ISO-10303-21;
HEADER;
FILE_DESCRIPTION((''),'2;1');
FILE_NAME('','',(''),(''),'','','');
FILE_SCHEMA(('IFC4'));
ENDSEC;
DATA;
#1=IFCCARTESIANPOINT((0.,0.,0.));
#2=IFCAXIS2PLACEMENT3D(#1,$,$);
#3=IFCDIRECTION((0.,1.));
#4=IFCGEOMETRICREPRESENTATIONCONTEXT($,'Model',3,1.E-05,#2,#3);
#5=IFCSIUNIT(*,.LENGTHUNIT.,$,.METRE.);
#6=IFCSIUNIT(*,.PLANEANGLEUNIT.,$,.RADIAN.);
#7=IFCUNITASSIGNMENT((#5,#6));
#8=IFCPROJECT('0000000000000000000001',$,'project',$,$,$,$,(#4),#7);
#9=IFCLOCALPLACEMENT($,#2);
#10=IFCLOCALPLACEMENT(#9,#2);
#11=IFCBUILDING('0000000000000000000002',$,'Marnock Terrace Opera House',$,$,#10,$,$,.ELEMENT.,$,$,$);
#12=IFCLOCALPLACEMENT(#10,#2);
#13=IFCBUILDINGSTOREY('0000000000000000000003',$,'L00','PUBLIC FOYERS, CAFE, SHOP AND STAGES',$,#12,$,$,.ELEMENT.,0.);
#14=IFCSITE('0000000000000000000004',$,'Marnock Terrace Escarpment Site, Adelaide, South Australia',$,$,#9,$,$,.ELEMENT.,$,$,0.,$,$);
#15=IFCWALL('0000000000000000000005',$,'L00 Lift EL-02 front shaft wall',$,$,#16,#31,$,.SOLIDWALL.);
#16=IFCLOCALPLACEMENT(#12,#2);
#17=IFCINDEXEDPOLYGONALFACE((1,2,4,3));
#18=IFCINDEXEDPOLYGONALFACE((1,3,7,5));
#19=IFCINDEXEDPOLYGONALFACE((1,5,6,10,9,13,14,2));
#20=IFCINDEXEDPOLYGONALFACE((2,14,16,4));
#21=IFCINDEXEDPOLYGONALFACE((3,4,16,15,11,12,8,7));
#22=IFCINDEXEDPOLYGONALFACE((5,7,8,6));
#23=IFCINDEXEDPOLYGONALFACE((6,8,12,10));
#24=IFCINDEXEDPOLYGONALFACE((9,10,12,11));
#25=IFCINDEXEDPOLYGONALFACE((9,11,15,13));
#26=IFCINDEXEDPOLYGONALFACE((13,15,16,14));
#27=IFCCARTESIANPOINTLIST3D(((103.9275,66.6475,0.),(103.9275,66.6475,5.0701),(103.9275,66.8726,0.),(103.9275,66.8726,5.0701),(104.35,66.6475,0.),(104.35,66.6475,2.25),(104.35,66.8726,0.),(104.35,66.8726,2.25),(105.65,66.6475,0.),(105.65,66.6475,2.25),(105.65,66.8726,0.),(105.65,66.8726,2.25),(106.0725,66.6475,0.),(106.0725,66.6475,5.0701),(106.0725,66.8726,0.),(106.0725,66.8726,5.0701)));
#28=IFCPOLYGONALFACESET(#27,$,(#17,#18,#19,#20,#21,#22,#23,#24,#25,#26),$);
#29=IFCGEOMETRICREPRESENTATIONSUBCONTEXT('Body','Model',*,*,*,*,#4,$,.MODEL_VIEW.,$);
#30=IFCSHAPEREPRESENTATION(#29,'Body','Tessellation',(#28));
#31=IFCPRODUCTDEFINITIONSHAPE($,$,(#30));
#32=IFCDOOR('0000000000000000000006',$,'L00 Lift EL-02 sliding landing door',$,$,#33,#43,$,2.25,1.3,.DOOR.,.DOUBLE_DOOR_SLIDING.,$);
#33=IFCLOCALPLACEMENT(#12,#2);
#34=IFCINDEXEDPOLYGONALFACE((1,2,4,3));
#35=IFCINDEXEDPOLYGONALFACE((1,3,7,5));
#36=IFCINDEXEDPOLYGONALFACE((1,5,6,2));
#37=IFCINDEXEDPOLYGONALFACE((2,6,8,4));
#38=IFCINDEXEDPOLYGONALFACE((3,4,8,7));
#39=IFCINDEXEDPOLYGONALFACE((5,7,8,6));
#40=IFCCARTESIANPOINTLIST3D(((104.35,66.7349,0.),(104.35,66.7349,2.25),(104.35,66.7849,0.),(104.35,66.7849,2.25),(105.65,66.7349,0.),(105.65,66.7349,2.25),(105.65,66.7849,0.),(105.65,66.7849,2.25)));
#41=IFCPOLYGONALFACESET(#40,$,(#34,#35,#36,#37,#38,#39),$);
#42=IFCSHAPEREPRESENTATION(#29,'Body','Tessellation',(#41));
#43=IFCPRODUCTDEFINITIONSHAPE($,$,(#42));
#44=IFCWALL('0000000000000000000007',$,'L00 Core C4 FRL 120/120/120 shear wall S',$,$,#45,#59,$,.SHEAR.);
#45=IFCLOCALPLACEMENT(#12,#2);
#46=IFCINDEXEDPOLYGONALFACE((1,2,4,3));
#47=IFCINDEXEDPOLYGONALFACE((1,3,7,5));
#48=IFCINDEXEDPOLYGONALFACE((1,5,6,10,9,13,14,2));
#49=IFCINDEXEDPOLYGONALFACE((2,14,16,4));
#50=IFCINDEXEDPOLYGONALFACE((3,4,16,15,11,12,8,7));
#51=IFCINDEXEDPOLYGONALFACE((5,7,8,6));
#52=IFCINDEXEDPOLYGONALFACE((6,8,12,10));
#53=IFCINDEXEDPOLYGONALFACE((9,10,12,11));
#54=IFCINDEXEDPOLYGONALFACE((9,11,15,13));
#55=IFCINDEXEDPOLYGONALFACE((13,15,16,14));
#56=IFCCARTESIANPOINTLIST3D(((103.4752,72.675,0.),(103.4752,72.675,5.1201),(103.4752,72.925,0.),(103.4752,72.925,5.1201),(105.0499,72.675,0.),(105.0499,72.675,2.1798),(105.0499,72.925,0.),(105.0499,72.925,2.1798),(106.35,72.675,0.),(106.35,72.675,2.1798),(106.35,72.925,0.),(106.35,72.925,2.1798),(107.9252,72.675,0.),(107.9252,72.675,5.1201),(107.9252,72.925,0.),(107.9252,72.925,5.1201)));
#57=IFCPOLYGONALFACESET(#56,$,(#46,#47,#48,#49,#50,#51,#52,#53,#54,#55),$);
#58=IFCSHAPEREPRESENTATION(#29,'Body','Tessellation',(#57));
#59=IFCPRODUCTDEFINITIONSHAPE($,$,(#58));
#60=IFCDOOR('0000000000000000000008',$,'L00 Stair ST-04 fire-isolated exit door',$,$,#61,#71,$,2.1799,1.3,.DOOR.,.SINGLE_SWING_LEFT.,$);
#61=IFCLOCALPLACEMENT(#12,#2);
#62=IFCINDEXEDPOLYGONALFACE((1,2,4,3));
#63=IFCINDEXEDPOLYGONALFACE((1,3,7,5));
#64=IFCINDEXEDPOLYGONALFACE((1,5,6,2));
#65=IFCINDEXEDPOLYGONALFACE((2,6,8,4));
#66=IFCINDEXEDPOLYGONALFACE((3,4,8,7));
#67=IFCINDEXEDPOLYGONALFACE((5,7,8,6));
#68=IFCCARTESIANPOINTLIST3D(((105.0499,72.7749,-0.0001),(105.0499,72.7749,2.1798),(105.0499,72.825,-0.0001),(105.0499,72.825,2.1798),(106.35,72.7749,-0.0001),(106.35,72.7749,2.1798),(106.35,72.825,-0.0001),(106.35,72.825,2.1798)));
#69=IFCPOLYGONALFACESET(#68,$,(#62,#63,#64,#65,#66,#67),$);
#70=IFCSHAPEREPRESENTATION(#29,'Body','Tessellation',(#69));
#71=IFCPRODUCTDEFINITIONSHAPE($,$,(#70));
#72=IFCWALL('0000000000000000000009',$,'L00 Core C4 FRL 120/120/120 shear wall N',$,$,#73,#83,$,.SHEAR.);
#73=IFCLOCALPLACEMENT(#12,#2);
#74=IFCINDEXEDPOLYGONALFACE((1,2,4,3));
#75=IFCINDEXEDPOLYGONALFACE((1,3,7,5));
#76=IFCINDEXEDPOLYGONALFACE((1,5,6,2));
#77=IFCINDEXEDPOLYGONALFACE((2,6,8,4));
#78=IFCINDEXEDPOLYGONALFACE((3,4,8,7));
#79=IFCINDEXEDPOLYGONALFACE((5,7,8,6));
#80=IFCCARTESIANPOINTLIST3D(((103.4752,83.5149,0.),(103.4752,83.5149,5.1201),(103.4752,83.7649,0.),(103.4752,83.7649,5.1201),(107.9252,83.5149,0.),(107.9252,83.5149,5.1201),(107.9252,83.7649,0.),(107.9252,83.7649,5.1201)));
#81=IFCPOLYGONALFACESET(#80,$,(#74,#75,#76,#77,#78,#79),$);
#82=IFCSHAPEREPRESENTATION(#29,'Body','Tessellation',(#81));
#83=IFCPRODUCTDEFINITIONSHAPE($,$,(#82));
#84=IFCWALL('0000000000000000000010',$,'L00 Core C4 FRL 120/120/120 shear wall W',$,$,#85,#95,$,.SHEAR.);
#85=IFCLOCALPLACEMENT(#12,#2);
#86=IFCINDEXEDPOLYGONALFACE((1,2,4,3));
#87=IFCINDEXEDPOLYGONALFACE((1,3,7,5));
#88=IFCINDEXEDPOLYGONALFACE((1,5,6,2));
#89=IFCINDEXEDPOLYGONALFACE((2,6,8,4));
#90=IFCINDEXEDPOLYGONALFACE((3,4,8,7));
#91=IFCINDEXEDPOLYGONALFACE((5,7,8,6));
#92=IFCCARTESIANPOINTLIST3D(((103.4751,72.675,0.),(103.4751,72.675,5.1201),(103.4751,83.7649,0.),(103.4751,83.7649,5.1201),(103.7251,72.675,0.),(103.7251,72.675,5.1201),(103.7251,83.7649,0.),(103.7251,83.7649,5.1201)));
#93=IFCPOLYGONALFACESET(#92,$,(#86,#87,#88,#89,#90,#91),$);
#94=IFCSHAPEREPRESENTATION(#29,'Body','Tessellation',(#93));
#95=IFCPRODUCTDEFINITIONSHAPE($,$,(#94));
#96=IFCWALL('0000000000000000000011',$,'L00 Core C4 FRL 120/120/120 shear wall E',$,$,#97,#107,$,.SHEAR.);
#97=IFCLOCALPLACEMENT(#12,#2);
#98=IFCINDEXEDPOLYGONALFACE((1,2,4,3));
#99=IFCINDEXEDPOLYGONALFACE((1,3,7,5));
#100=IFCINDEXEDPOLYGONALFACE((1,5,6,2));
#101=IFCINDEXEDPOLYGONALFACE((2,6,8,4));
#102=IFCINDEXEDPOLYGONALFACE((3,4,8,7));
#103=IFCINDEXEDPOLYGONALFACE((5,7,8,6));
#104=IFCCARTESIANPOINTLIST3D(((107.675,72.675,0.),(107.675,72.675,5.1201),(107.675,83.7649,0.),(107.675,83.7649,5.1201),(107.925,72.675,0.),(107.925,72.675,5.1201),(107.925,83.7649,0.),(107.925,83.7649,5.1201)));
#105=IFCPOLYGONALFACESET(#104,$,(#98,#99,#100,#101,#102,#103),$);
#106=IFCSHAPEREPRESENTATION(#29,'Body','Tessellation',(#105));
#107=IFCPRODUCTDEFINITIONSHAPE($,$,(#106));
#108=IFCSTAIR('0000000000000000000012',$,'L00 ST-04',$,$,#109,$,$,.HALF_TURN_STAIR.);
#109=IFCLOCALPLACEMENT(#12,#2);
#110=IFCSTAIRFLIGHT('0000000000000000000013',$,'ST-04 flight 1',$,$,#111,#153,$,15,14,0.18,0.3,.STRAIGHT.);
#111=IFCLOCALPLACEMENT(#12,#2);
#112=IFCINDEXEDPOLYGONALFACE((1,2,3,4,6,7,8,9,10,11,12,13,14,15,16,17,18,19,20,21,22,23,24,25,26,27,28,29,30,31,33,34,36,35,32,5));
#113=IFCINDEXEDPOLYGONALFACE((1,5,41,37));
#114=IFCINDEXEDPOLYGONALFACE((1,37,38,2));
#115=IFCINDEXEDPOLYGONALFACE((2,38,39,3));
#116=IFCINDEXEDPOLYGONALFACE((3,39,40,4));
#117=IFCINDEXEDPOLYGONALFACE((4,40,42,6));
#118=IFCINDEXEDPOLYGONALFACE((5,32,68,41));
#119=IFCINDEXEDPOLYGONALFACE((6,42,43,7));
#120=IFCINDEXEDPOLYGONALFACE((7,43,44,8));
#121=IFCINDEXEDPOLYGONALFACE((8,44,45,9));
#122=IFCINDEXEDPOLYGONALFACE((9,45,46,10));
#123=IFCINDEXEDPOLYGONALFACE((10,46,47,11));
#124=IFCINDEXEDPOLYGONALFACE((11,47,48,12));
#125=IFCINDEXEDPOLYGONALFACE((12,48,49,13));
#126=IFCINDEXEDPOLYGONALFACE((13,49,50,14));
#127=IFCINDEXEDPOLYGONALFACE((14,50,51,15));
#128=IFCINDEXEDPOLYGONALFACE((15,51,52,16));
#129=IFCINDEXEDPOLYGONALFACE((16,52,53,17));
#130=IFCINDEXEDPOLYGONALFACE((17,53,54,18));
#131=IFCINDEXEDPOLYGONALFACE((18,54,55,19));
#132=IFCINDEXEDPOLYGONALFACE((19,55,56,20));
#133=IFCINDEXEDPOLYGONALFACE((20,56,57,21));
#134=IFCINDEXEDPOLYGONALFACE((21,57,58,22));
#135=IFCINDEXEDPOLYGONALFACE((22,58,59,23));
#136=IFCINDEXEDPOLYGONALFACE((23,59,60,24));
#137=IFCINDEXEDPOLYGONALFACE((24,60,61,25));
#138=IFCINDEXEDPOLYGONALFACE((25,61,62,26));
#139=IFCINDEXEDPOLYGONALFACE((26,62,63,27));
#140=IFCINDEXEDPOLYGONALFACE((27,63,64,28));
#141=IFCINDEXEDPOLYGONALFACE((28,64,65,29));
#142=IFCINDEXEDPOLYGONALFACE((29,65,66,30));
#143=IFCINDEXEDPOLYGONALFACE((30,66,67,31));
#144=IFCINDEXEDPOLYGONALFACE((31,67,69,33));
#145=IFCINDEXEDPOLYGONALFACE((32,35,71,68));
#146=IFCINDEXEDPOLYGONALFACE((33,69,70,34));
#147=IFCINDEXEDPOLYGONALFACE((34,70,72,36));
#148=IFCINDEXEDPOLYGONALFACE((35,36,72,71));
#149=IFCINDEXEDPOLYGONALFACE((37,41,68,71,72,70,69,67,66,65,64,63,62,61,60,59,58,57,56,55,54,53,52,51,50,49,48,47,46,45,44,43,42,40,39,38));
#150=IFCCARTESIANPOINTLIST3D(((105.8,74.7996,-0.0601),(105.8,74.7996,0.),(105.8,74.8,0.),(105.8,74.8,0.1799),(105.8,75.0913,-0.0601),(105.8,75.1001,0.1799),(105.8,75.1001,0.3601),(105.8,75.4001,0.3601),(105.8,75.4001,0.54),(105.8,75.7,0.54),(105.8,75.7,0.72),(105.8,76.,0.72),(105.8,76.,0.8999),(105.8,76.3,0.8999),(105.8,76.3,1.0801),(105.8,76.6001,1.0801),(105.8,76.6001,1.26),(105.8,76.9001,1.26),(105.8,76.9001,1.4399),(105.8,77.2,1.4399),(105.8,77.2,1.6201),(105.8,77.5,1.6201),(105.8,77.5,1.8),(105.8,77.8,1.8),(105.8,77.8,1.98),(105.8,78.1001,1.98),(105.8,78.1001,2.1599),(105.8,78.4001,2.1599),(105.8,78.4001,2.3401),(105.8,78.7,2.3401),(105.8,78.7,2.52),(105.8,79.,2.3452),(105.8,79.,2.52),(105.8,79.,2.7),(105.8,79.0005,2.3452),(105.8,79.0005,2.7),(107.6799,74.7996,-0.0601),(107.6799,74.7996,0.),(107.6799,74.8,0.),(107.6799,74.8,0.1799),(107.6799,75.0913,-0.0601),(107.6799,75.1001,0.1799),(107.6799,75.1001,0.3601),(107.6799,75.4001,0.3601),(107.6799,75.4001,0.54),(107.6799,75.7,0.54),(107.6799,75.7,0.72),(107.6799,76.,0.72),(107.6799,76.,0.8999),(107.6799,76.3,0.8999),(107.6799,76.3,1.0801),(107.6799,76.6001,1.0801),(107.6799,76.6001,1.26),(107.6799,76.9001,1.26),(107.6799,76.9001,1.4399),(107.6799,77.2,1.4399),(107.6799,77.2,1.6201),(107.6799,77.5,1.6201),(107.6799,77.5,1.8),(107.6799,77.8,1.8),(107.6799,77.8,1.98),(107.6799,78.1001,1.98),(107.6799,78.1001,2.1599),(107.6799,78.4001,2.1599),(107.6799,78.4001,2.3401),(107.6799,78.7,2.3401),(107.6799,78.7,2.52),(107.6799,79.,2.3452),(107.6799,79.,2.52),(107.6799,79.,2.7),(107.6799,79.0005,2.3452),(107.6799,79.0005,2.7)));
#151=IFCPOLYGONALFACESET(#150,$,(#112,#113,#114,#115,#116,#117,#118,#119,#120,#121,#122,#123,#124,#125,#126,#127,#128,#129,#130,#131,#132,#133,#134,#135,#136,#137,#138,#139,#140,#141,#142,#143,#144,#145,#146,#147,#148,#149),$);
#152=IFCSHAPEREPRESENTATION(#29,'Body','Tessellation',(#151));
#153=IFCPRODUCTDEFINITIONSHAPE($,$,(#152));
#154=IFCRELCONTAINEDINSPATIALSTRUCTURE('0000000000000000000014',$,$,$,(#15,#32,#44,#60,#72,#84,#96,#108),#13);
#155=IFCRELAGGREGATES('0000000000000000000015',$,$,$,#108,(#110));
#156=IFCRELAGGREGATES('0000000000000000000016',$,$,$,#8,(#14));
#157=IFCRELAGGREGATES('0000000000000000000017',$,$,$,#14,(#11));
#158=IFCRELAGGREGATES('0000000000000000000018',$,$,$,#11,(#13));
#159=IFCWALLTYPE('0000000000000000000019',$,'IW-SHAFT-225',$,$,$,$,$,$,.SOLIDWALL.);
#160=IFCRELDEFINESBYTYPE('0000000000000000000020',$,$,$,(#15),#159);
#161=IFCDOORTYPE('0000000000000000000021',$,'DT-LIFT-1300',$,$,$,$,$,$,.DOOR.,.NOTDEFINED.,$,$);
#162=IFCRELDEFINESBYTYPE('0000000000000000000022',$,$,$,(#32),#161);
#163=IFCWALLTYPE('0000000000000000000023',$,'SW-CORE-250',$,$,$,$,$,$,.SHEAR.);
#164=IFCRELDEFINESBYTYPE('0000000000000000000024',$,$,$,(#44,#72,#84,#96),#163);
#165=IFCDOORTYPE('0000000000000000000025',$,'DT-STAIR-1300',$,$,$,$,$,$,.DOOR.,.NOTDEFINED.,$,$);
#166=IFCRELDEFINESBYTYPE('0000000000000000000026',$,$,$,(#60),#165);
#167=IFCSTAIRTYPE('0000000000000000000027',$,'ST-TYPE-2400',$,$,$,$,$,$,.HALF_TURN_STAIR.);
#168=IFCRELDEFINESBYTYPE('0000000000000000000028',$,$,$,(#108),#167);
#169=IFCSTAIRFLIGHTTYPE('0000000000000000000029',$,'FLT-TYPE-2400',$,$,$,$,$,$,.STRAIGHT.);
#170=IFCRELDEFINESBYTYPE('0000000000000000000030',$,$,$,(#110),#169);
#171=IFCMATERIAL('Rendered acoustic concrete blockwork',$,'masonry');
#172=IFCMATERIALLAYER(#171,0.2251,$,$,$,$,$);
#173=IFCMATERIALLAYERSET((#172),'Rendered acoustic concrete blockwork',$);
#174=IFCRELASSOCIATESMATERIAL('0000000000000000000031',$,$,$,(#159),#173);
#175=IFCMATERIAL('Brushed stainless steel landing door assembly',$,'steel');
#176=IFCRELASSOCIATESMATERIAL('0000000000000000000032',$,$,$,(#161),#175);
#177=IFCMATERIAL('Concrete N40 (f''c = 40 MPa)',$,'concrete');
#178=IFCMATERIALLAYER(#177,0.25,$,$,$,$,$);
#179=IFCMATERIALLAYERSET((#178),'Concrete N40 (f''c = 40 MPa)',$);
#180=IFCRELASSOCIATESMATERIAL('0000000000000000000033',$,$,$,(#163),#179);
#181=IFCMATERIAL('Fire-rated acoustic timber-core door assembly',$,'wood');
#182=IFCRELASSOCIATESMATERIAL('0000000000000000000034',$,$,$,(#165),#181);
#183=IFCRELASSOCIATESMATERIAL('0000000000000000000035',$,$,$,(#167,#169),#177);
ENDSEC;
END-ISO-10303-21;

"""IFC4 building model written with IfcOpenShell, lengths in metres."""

from ifc_helpers import new_model, si_unit, direction, frame, frame_2d, origin, place, context, subcontext, project, spatial, polyline, rectangle, outline, extrude, material, layer, layer_set, type_object, element, fill, aggregate, save


model = new_model("IFC4")

# Units and contexts
model_context = context("Model", 3, precision=1e-05, world=origin(), true_north=direction((0.0, 1.0)))
body_context = subcontext(model_context, "Body", "Model", "MODEL_VIEW")
ifc_project = project(units=[si_unit("LENGTHUNIT", "METRE"), si_unit("PLANEANGLEUNIT", "RADIAN")], contexts=[model_context])

# Site, building, storey
site_placement = place(None, origin())
site = spatial("IfcSite", under=ifc_project, at=site_placement, Name="Marnock Terrace Escarpment Site, Adelaide, South Australia", CompositionType="ELEMENT", RefElevation=0.0)
building_placement = place(site_placement, origin())
building = spatial("IfcBuilding", under=site, at=building_placement, Name="Marnock Terrace Opera House", CompositionType="ELEMENT")
storey_placement = place(building_placement, origin())
storey = spatial("IfcBuildingStorey", under=building, at=storey_placement, Name="L00", Description="PUBLIC FOYERS, CAFE, SHOP AND STAGES", CompositionType="ELEMENT", Elevation=0.0)

# Shared definitions
ifc_material_1 = material(Name="Concrete N40 (f'c = 40 MPa)", Category="concrete")

# Walls, openings, doors
ifc_material_2 = material(Name="Rendered acoustic concrete blockwork", Category="masonry")
ifc_material_3 = material(Name="Fire-rated acoustic timber-core door assembly", Category="wood")
ifc_layer_1 = layer(ifc_material_2, 0.2251)
ifc_layer_set_1 = layer_set([ifc_layer_1], Name="Rendered acoustic concrete blockwork")
wall_type_1 = type_object("IfcWallType", Name="IW-SHAFT-225", PredefinedType="SOLIDWALL", material=ifc_layer_set_1)
wall_1_placement = place(storey_placement, frame((103.9275, 66.76, 0.0), z_axis=(0.0, 0.0, 1.0), x_axis=(1.0, 0.0, 0.0)))
wall_1 = element("IfcWall", 1, at=wall_1_placement, inside=storey, type_object=wall_type_1, Name="L00 Lift EL-02 front shaft wall", PredefinedType="SOLIDWALL", context=body_context, shape_type="SweptSolid", body=[
    extrude(rectangle(XDim=2.145, YDim=0.2251, at=frame_2d((1.0725, 0.0))), origin(), (0.0, 0.0, 1.0), 5.0701),
])
opening_1_placement = place(wall_1_placement, frame((0.4226, 0.0, 0.0)))
opening_1 = element("IfcOpeningElement", 2, at=opening_1_placement, cuts=wall_1, PredefinedType="OPENING", context=body_context, shape_type="SweptSolid", body=[
    extrude(rectangle(XDim=1.3, YDim=2.25, at=frame_2d((0.6499, 1.125))), frame((0.0, 0.1226, 0.0), z_axis=(0.0, -1.0, 0.0), x_axis=(1.0, 0.0, 0.0)), (0.0, 0.0, 1.0), 0.2451),
])
ifc_material_4 = material(Name="Brushed stainless steel landing door assembly", Category="steel")
door_type_1 = type_object("IfcDoorType", Name="DT-LIFT-1300", OperationType="NOTDEFINED", PredefinedType="DOOR", material=ifc_material_4)
door_1_placement = place(opening_1_placement, origin())
door_1 = element("IfcDoor", 3, at=door_1_placement, inside=storey, type_object=door_type_1, Name="L00 Lift EL-02 sliding landing door", OperationType="DOUBLE_DOOR_SLIDING", OverallHeight=2.25, OverallWidth=1.3, PredefinedType="DOOR", context=body_context, shape_type="SweptSolid", body=[
    extrude(rectangle(XDim=1.3, YDim=2.25, at=frame_2d((0.6499, 1.125))), frame((0.0, 0.0249, 0.0), z_axis=(0.0, -1.0, 0.0), x_axis=(1.0, 0.0, 0.0)), (0.0, 0.0, 1.0), 0.05),
])
fill(opening_1, door_1)
ifc_layer_2 = layer(ifc_material_1, 0.25)
ifc_layer_set_2 = layer_set([ifc_layer_2], Name="Concrete N40 (f'c = 40 MPa)")
wall_type_2 = type_object("IfcWallType", Name="SW-CORE-250", PredefinedType="SHEAR", material=ifc_layer_set_2)
wall_2_placement = place(storey_placement, frame((103.4751, 72.8, 0.0), z_axis=(0.0, 0.0, 1.0), x_axis=(1.0, 0.0, 0.0)))
wall_2 = element("IfcWall", 4, at=wall_2_placement, inside=storey, type_object=wall_type_2, Name="L00 Core C4 FRL 120/120/120 shear wall S", PredefinedType="SHEAR", context=body_context, shape_type="SweptSolid", body=[
    extrude(rectangle(XDim=4.45, YDim=0.25, at=frame_2d((2.2251, 0.0))), origin(), (0.0, 0.0, 1.0), 5.1201),
])
opening_2_placement = place(wall_2_placement, frame((1.575, 0.0, 0.0)))
opening_2 = element("IfcOpeningElement", 5, at=opening_2_placement, cuts=wall_2, PredefinedType="OPENING", context=body_context, shape_type="SweptSolid", body=[
    extrude(rectangle(XDim=1.3, YDim=2.1799, at=frame_2d((0.6499, 1.0898))), frame((0.0, 0.135, 0.0), z_axis=(0.0, -1.0, 0.0), x_axis=(1.0, 0.0, 0.0)), (0.0, 0.0, 1.0), 0.27),
])
door_type_2 = type_object("IfcDoorType", Name="DT-STAIR-1300", OperationType="NOTDEFINED", PredefinedType="DOOR", material=ifc_material_3)
door_2_placement = place(opening_2_placement, origin())
door_2 = element("IfcDoor", 6, at=door_2_placement, inside=storey, type_object=door_type_2, Name="L00 Stair ST-04 fire-isolated exit door", OperationType="SINGLE_SWING_LEFT", OverallHeight=2.1799, OverallWidth=1.3, PredefinedType="DOOR", context=body_context, shape_type="SweptSolid", body=[
    extrude(rectangle(XDim=1.3, YDim=2.1799, at=frame_2d((0.6499, 1.0898))), frame((0.0, 0.0249, 0.0), z_axis=(0.0, -1.0, 0.0), x_axis=(1.0, 0.0, 0.0)), (0.0, 0.0, 1.0), 0.05),
])
fill(opening_2, door_2)

# Walls
wall_3_placement = place(storey_placement, frame((103.4751, 83.6399, 0.0), z_axis=(0.0, 0.0, 1.0), x_axis=(1.0, 0.0, 0.0)))
element("IfcWall", 7, at=wall_3_placement, inside=storey, type_object=wall_type_2, Name="L00 Core C4 FRL 120/120/120 shear wall N", PredefinedType="SHEAR", context=body_context, shape_type="SweptSolid", body=[
    extrude(rectangle(XDim=4.45, YDim=0.25, at=frame_2d((2.2251, 0.0))), origin(), (0.0, 0.0, 1.0), 5.1201),
])
for number, where, z_axis, x_axis, name in (
    (8, (103.6001, 72.675, 0.0), (0.0, 0.0, 1.0), (0.0, 1.0, 0.0), "L00 Core C4 FRL 120/120/120 shear wall W"),
    (9, (107.8, 72.675, 0.0), (0.0, 0.0, 1.0), (0.0, 1.0, 0.0), "L00 Core C4 FRL 120/120/120 shear wall E"),
):
    element("IfcWall", number, at=place(storey_placement, frame(where, z_axis=z_axis, x_axis=x_axis)), inside=storey, type_object=wall_type_2, Name=name, PredefinedType="SHEAR", context=body_context, shape_type="SweptSolid", body=[
        extrude(rectangle(XDim=11.0898, YDim=0.25, at=frame_2d((5.5449, 0.0))), origin(), (0.0, 0.0, 1.0), 5.1201),
    ])

# Stair, stair flight
stair_type = type_object("IfcStairType", Name="ST-TYPE-2400", PredefinedType="HALF_TURN_STAIR", material=ifc_material_1)
stair_placement = place(storey_placement, origin())
stair = element("IfcStair", 10, at=stair_placement, inside=storey, type_object=stair_type, Name="L00 ST-04", PredefinedType="HALF_TURN_STAIR")
stair_flight_type = type_object("IfcStairFlightType", Name="FLT-TYPE-2400", PredefinedType="STRAIGHT", material=ifc_material_1)
stair_flight_1_placement = place(storey_placement, frame((106.74, 74.8, 0.0), z_axis=(0.0, 0.0, 1.0), x_axis=(0.0, 1.0, 0.0)))
stair_flight_1 = element("IfcStairFlight", 11, at=stair_flight_1_placement, type_object=stair_flight_type, Name="ST-04 flight 1", NumberOfRisers=15, NumberOfTreads=14, PredefinedType="STRAIGHT", RiserHeight=0.18, TreadLength=0.3, context=body_context, shape_type="SweptSolid", body=[
    extrude(outline(polyline([(-0.0005, -0.0601), (-0.0005, 0.0), (0.0, 0.0), (0.0, 0.1799), (0.3, 0.1799), (0.3, 0.3601), (0.6001, 0.3601), (0.6001, 0.54), (0.8999, 0.54), (0.8999, 0.72), (1.2, 0.72), (1.2, 0.8999), (1.5, 0.8999), (1.5, 1.0801), (1.8, 1.0801), (1.8, 1.26), (2.1001, 1.26), (2.1001, 1.4399), (2.3999, 1.4399), (2.3999, 1.6201), (2.7, 1.6201), (2.7, 1.8), (3.0, 1.8), (3.0, 1.98), (3.3, 1.98), (3.3, 2.1599), (3.6001, 2.1599), (3.6001, 2.3401), (3.8999, 2.3401), (3.8999, 2.52), (4.2, 2.52), (4.2, 2.7), (4.2004, 2.7), (4.2004, 2.3452), (4.2, 2.3452), (0.2913, -0.0601), (-0.0005, -0.0601)])), frame((0.0, 0.9399, 0.0), z_axis=(0.0, -1.0, 0.0), x_axis=(1.0, 0.0, 0.0)), (0.0, 0.0, 1.0), 1.8799),
])
aggregate(stair, [stair_flight_1])

save(model, "model.ifc")
